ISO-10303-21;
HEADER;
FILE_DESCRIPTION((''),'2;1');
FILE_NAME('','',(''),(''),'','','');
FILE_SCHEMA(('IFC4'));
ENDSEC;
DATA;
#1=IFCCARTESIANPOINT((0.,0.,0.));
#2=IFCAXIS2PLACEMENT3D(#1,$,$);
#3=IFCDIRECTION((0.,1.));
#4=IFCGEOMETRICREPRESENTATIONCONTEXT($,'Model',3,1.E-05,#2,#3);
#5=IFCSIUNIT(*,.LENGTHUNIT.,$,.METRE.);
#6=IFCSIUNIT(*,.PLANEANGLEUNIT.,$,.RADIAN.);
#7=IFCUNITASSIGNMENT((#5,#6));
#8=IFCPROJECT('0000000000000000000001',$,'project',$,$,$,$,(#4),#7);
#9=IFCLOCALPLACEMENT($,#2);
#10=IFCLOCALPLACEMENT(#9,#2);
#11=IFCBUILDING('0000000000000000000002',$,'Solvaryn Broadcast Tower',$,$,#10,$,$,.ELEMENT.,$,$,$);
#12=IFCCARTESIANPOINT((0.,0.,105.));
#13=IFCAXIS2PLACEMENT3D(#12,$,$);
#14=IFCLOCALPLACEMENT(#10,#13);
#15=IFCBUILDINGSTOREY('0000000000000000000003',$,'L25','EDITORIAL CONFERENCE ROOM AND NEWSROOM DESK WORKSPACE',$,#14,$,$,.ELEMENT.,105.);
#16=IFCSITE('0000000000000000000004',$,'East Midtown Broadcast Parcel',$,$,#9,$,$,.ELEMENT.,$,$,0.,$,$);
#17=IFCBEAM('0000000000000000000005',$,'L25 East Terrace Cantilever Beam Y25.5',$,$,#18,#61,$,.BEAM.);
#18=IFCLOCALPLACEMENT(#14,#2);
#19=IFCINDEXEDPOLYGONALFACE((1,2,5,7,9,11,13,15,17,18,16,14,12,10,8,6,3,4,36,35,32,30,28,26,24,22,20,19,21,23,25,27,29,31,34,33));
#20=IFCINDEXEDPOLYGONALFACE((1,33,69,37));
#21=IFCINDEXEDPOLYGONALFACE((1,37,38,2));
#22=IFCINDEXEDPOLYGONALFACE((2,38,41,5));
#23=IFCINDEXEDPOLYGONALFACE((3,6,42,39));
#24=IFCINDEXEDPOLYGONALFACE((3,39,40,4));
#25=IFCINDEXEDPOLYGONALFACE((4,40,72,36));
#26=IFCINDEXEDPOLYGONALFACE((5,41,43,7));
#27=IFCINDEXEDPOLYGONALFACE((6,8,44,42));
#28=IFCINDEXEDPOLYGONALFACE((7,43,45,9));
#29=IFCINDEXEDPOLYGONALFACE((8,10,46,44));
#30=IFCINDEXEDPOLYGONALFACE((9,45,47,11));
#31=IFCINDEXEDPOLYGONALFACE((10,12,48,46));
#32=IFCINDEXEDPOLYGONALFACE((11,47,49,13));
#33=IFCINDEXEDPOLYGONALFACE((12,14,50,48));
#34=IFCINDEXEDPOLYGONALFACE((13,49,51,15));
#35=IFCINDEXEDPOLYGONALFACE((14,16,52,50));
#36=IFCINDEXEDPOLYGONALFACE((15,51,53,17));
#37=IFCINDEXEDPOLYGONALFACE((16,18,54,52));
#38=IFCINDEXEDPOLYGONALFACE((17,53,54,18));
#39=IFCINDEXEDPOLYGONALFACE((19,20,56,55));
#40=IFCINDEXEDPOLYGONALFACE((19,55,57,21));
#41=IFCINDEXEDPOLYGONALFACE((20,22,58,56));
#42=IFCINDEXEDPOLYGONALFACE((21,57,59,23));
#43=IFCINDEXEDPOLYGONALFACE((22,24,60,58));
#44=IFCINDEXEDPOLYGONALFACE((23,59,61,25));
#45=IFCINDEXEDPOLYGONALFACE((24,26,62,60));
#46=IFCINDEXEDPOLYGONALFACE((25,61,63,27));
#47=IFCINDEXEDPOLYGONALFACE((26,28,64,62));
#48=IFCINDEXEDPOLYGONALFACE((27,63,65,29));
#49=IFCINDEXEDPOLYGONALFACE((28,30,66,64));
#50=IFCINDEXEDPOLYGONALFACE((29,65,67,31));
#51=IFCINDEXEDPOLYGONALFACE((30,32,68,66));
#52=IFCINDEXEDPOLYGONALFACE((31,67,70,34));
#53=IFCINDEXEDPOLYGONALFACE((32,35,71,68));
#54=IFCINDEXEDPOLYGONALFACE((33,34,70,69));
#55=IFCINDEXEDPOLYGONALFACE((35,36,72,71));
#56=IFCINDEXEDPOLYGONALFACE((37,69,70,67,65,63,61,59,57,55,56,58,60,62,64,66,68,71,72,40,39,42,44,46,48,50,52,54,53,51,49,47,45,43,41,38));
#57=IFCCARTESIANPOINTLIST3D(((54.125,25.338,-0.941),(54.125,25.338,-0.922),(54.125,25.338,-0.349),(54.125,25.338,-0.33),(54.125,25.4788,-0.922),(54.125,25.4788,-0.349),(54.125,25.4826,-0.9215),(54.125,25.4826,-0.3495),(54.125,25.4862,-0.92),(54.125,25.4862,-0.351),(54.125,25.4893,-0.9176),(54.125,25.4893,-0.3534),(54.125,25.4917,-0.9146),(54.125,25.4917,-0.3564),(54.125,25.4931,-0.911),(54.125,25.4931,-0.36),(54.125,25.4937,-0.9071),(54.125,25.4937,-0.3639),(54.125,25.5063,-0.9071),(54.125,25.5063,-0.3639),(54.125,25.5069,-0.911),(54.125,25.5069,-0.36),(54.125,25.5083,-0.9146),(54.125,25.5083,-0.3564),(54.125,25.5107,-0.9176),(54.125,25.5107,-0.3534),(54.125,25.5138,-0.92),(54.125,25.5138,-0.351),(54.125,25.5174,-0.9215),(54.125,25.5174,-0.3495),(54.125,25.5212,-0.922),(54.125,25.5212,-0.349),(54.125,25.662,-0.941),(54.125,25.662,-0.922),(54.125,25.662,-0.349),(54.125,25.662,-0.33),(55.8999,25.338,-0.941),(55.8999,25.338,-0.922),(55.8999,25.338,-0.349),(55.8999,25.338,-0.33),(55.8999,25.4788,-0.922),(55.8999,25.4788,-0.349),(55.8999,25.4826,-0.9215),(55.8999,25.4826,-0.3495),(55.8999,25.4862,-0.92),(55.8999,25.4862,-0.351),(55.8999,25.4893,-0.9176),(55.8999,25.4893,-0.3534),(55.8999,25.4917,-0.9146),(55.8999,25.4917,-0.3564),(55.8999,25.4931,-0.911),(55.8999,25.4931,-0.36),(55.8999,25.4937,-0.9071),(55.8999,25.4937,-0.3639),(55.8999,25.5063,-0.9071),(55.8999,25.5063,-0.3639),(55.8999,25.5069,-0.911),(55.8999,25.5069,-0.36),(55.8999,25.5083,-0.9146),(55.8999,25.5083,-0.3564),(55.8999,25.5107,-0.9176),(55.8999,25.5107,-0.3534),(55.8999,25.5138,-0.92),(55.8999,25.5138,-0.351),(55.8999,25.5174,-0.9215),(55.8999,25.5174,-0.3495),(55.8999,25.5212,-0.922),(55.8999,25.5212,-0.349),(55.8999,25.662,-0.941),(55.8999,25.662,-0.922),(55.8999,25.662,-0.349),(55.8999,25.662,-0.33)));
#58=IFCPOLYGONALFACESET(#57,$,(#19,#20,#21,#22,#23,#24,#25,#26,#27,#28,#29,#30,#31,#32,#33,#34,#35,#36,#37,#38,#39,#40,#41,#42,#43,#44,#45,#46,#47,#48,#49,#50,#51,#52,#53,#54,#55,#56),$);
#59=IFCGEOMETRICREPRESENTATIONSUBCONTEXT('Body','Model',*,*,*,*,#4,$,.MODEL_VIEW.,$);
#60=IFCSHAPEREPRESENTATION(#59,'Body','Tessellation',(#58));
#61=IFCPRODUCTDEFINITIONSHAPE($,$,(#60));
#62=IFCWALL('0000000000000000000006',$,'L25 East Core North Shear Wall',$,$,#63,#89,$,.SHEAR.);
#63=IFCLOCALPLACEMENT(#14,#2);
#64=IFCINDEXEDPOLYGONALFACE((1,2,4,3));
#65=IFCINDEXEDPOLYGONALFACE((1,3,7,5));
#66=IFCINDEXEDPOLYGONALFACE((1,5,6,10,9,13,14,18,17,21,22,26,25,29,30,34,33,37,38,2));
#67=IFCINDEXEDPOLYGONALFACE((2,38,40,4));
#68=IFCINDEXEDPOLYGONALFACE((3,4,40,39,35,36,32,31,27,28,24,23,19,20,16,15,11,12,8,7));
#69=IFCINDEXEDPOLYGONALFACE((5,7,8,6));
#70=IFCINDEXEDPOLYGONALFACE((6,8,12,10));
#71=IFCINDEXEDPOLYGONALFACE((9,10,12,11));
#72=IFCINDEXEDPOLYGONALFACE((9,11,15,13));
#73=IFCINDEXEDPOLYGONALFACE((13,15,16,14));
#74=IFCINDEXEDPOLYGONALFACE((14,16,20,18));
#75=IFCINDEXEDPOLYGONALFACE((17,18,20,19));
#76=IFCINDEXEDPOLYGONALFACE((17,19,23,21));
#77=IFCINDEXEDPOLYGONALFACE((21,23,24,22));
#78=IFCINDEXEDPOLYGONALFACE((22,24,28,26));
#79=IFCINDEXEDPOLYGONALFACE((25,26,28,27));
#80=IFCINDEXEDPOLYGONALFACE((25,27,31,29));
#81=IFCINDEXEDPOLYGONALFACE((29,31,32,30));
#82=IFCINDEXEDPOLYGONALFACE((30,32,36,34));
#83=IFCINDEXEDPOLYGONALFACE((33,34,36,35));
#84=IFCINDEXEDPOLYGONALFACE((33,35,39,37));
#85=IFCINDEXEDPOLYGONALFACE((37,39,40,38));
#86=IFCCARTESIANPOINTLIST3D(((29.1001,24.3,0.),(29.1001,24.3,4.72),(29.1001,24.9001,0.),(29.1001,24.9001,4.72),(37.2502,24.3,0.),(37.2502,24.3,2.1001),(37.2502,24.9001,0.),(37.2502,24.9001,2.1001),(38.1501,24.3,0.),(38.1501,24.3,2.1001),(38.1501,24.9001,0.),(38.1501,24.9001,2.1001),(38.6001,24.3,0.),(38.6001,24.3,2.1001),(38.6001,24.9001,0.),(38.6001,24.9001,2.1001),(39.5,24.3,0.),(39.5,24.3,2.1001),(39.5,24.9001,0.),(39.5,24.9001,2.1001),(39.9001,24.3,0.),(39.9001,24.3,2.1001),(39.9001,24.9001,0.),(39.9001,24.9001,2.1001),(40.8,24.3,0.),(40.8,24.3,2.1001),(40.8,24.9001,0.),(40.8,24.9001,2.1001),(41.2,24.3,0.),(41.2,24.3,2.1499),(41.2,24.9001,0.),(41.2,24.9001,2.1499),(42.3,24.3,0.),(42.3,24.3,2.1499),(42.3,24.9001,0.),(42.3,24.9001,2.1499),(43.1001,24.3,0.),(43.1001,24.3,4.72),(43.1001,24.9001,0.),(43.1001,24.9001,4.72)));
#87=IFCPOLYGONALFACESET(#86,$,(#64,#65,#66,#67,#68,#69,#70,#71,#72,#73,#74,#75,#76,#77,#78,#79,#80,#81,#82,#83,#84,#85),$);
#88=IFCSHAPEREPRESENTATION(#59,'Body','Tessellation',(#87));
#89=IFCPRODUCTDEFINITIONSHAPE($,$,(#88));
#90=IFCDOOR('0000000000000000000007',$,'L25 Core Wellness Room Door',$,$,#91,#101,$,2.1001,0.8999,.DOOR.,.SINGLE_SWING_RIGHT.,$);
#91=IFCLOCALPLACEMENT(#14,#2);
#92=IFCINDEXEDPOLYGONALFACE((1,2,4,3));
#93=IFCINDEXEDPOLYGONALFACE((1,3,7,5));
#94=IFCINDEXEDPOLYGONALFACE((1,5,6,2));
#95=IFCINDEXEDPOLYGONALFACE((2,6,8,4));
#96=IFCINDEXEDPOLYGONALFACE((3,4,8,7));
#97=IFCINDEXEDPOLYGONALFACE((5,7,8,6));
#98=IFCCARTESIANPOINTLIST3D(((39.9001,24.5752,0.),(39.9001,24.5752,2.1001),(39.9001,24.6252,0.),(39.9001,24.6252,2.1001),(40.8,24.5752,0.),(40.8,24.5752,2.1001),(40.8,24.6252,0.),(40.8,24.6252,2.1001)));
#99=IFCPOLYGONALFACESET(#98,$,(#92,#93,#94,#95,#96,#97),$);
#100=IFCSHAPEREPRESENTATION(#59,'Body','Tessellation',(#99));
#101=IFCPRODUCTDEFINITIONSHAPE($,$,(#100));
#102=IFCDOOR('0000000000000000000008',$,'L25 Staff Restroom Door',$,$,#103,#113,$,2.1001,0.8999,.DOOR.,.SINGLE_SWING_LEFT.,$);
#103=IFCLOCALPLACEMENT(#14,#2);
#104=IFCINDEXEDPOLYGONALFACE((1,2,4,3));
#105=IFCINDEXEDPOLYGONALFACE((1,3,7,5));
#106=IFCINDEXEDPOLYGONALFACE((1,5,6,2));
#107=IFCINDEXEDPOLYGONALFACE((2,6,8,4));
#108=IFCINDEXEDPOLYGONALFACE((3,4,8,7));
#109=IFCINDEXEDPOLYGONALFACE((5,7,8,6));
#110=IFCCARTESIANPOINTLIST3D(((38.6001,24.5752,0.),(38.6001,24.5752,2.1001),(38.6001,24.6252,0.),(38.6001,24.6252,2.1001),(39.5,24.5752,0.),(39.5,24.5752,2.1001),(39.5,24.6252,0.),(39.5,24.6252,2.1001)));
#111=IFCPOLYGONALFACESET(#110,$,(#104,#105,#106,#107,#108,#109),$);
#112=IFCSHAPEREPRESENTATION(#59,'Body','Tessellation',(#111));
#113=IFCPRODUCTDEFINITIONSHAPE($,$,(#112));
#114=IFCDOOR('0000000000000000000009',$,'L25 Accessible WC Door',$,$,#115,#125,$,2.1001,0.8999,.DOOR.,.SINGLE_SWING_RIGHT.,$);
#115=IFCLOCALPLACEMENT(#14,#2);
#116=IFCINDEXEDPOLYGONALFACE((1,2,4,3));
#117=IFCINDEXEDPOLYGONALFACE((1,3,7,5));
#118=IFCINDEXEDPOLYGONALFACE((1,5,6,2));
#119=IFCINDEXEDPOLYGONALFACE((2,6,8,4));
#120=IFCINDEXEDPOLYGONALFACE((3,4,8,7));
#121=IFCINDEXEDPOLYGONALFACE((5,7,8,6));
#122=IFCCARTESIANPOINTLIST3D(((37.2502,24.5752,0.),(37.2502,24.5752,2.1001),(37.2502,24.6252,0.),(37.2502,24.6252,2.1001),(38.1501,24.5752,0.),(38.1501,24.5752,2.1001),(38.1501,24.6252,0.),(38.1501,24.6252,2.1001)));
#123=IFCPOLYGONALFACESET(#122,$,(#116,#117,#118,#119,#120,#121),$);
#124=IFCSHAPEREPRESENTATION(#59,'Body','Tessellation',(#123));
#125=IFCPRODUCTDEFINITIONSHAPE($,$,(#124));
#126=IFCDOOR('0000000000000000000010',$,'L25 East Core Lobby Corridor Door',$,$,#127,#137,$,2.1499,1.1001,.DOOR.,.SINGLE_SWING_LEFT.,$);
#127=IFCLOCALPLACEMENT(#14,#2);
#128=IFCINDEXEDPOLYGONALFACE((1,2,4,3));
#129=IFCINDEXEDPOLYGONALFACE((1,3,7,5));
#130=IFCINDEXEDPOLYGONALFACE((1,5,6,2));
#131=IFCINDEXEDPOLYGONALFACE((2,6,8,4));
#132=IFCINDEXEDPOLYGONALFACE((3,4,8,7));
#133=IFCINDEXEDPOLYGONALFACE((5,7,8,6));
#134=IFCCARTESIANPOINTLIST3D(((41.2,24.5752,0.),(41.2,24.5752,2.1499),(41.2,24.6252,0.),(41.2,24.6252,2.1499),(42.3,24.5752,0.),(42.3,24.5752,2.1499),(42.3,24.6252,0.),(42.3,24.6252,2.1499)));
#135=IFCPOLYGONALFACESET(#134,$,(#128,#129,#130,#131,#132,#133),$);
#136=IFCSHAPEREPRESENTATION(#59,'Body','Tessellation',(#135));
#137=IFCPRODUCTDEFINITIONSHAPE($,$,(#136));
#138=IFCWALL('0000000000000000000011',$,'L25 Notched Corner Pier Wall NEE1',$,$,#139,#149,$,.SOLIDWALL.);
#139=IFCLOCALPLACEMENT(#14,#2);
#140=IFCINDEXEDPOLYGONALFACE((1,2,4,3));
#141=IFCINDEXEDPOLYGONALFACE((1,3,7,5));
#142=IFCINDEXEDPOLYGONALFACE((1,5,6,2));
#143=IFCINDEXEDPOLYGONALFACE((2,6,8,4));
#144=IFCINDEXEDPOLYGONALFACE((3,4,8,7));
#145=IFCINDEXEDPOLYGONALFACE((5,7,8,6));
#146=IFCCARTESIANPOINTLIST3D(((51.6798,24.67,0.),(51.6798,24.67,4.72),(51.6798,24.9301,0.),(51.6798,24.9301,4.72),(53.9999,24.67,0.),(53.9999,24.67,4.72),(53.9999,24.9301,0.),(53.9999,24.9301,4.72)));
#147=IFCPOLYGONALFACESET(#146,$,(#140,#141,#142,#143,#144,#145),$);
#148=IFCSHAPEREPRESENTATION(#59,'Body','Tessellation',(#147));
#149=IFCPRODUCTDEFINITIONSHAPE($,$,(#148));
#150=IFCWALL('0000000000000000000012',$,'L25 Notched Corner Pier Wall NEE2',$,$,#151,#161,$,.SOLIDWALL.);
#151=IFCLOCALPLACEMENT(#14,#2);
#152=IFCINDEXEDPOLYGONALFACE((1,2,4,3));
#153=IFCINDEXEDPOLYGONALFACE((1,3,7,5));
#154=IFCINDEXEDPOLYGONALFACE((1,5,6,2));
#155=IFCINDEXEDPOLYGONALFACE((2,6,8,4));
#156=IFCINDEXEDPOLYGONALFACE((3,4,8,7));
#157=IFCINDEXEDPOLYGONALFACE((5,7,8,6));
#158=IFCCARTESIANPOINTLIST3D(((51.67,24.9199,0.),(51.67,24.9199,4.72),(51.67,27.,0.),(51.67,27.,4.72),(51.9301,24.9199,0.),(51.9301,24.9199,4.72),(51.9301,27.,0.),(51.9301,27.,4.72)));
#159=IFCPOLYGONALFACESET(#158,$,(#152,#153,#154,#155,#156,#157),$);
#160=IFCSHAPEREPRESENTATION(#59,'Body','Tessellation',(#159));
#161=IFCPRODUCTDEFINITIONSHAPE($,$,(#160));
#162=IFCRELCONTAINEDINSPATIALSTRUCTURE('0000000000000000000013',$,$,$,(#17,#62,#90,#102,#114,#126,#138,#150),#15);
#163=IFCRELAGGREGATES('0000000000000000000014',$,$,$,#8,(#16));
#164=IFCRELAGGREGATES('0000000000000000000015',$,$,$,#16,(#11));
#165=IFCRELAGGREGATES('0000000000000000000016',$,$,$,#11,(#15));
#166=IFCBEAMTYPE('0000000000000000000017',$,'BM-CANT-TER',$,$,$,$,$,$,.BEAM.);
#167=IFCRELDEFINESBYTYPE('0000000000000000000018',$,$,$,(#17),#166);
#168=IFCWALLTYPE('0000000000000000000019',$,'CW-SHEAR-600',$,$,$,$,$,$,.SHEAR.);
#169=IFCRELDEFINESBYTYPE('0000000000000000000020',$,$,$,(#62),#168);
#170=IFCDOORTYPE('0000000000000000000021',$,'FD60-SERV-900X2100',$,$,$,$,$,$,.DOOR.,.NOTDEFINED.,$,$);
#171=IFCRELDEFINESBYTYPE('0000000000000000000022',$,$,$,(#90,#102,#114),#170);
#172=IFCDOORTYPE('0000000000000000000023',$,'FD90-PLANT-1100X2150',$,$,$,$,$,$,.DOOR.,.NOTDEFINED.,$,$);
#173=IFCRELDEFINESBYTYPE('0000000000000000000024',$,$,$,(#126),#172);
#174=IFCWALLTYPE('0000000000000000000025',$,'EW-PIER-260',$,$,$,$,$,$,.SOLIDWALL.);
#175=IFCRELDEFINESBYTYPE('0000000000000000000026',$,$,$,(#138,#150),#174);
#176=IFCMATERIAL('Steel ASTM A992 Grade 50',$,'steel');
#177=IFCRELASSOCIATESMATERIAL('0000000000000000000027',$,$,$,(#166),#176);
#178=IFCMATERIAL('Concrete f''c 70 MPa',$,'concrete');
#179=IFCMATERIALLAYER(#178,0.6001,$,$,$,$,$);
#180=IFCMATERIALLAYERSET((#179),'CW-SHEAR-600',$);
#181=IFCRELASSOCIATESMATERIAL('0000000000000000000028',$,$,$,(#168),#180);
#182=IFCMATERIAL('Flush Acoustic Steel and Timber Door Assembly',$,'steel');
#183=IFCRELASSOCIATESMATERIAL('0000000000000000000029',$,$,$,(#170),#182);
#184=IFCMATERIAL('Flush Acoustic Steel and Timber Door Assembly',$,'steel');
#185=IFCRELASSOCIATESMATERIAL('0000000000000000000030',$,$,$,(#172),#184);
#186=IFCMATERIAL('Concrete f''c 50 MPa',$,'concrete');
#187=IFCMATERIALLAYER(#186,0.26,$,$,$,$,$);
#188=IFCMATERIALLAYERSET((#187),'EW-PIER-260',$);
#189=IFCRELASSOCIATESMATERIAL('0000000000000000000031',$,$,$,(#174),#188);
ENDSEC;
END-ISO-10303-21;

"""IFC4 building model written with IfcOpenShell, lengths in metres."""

from ifc_helpers import new_model, si_unit, direction, frame, frame_2d, origin, origin_2d, place, context, subcontext, project, spatial, rectangle, i_section, extrude, material, layer, layer_set, material_profile, profile_set, type_object, element, fill, save


model = new_model("IFC4")

# Units and contexts
model_context = context("Model", 3, precision=1e-05, world=origin(), true_north=direction((0.0, 1.0)))
body_context = subcontext(model_context, "Body", "Model", "MODEL_VIEW")
ifc_project = project(units=[si_unit("LENGTHUNIT", "METRE"), si_unit("PLANEANGLEUNIT", "RADIAN")], contexts=[model_context])

# Site, building, storey
site_placement = place(None, origin())
site = spatial("IfcSite", under=ifc_project, at=site_placement, Name="East Midtown Broadcast Parcel", CompositionType="ELEMENT", RefElevation=0.0)
building_placement = place(site_placement, origin())
building = spatial("IfcBuilding", under=site, at=building_placement, Name="Solvaryn Broadcast Tower", CompositionType="ELEMENT")
storey_placement = place(building_placement, frame((0.0, 0.0, 105.0)))
storey = spatial("IfcBuildingStorey", under=building, at=storey_placement, Name="L25", Description="EDITORIAL CONFERENCE ROOM AND NEWSROOM DESK WORKSPACE", CompositionType="ELEMENT", Elevation=105.0)

# Beam
ifc_material_1 = material(Name="Steel ASTM A992 Grade 50", Category="steel")
ifc_material_profile_1 = material_profile(ifc_material_1, i_section(OverallWidth=0.324, OverallDepth=0.6111, WebThickness=0.0127, FlangeThickness=0.019, FilletRadius=0.0149, at=origin_2d()))
ifc_profile_set_1 = profile_set([ifc_material_profile_1], Name="Steel ASTM A992 Grade 50")
beam_type_1 = type_object("IfcBeamType", Name="BM-CANT-TER", PredefinedType="BEAM", material=ifc_profile_set_1)
beam_1_placement = place(storey_placement, frame((54.125, 25.5, -0.6355), z_axis=(1.0, 0.0, 0.0), x_axis=(0.0, 1.0, 0.0)))
element("IfcBeam", 1, at=beam_1_placement, inside=storey, type_object=beam_type_1, Name="L25 East Terrace Cantilever Beam Y25.5", PredefinedType="BEAM", context=body_context, shape_type="SweptSolid", body=[
    extrude(i_section(OverallWidth=0.324, OverallDepth=0.6111, WebThickness=0.0127, FlangeThickness=0.019, FilletRadius=0.0149, at=origin_2d()), origin(), (0.0, 0.0, 1.0), 1.7749),
])

# Wall, openings, doors
ifc_material_2 = material(Name="Concrete f'c 70 MPa", Category="concrete")
ifc_layer_1 = layer(ifc_material_2, 0.6001)
ifc_layer_set_1 = layer_set([ifc_layer_1], Name="CW-SHEAR-600")
wall_type_1 = type_object("IfcWallType", Name="CW-SHEAR-600", PredefinedType="SHEAR", material=ifc_layer_set_1)
wall_1_placement = place(storey_placement, frame((43.1001, 24.6001, 0.0), z_axis=(0.0, 0.0, 1.0), x_axis=(-1.0, 0.0, 0.0)))
wall_1 = element("IfcWall", 2, at=wall_1_placement, inside=storey, type_object=wall_type_1, Name="L25 East Core North Shear Wall", PredefinedType="SHEAR", context=body_context, shape_type="SweptSolid", body=[
    extrude(rectangle(XDim=14.0, YDim=0.6001, at=frame_2d((7.0, 0.0))), origin(), (0.0, 0.0, 1.0), 4.72),
])
opening_1_placement = place(wall_1_placement, frame((0.8, 0.0, 0.0)))
opening_1 = element("IfcOpeningElement", 3, at=opening_1_placement, cuts=wall_1, PredefinedType="OPENING", context=body_context, shape_type="SweptSolid", body=[
    extrude(rectangle(XDim=1.1001, YDim=2.1499, at=frame_2d((0.55, 1.075))), frame((0.0, 0.3101, 0.0), z_axis=(0.0, -1.0, 0.0), x_axis=(1.0, 0.0, 0.0)), (0.0, 0.0, 1.0), 0.6201),
])
opening_2_placement = place(wall_1_placement, frame((2.3, 0.0, 0.0)))
opening_2 = element("IfcOpeningElement", 4, at=opening_2_placement, cuts=wall_1, PredefinedType="OPENING", context=body_context, shape_type="SweptSolid", body=[
    extrude(rectangle(XDim=0.8999, YDim=2.1001, at=frame_2d((0.45, 1.05))), frame((0.0, 0.3101, 0.0), z_axis=(0.0, -1.0, 0.0), x_axis=(1.0, 0.0, 0.0)), (0.0, 0.0, 1.0), 0.6201),
])
opening_3_placement = place(wall_1_placement, frame((3.6001, 0.0, 0.0)))
opening_3 = element("IfcOpeningElement", 5, at=opening_3_placement, cuts=wall_1, PredefinedType="OPENING", context=body_context, shape_type="SweptSolid", body=[
    extrude(rectangle(XDim=0.8999, YDim=2.1001, at=frame_2d((0.45, 1.05))), frame((0.0, 0.3101, 0.0), z_axis=(0.0, -1.0, 0.0), x_axis=(1.0, 0.0, 0.0)), (0.0, 0.0, 1.0), 0.6201),
])
opening_4_placement = place(wall_1_placement, frame((4.95, 0.0, 0.0)))
opening_4 = element("IfcOpeningElement", 6, at=opening_4_placement, cuts=wall_1, PredefinedType="OPENING", context=body_context, shape_type="SweptSolid", body=[
    extrude(rectangle(XDim=0.8999, YDim=2.1001, at=frame_2d((0.45, 1.05))), frame((0.0, 0.3101, 0.0), z_axis=(0.0, -1.0, 0.0), x_axis=(1.0, 0.0, 0.0)), (0.0, 0.0, 1.0), 0.6201),
])
ifc_material_3 = material(Name="Flush Acoustic Steel and Timber Door Assembly", Category="steel")
door_type_1 = type_object("IfcDoorType", Name="FD60-SERV-900X2100", OperationType="NOTDEFINED", PredefinedType="DOOR", material=ifc_material_3)
door_1_placement = place(opening_2_placement, origin())
door_1 = element("IfcDoor", 7, at=door_1_placement, inside=storey, type_object=door_type_1, Name="L25 Core Wellness Room Door", OperationType="SINGLE_SWING_RIGHT", OverallHeight=2.1001, OverallWidth=0.8999, PredefinedType="DOOR", context=body_context, shape_type="SweptSolid", body=[
    extrude(rectangle(XDim=0.8999, YDim=2.1001, at=frame_2d((0.45, 1.05))), frame((0.0, 0.0249, 0.0), z_axis=(0.0, -1.0, 0.0), x_axis=(1.0, 0.0, 0.0)), (0.0, 0.0, 1.0), 0.05),
])
fill(opening_2, door_1)
door_2_placement = place(opening_3_placement, origin())
door_2 = element("IfcDoor", 8, at=door_2_placement, inside=storey, type_object=door_type_1, Name="L25 Staff Restroom Door", OperationType="SINGLE_SWING_LEFT", OverallHeight=2.1001, OverallWidth=0.8999, PredefinedType="DOOR", context=body_context, shape_type="SweptSolid", body=[
    extrude(rectangle(XDim=0.8999, YDim=2.1001, at=frame_2d((0.45, 1.05))), frame((0.0, 0.0249, 0.0), z_axis=(0.0, -1.0, 0.0), x_axis=(1.0, 0.0, 0.0)), (0.0, 0.0, 1.0), 0.05),
])
fill(opening_3, door_2)
door_3_placement = place(opening_4_placement, origin())
door_3 = element("IfcDoor", 9, at=door_3_placement, inside=storey, type_object=door_type_1, Name="L25 Accessible WC Door", OperationType="SINGLE_SWING_RIGHT", OverallHeight=2.1001, OverallWidth=0.8999, PredefinedType="DOOR", context=body_context, shape_type="SweptSolid", body=[
    extrude(rectangle(XDim=0.8999, YDim=2.1001, at=frame_2d((0.45, 1.05))), frame((0.0, 0.0249, 0.0), z_axis=(0.0, -1.0, 0.0), x_axis=(1.0, 0.0, 0.0)), (0.0, 0.0, 1.0), 0.05),
])
fill(opening_4, door_3)
ifc_material_4 = material(Name="Flush Acoustic Steel and Timber Door Assembly", Category="steel")
door_type_2 = type_object("IfcDoorType", Name="FD90-PLANT-1100X2150", OperationType="NOTDEFINED", PredefinedType="DOOR", material=ifc_material_4)
door_4_placement = place(opening_1_placement, origin())
door_4 = element("IfcDoor", 10, at=door_4_placement, inside=storey, type_object=door_type_2, Name="L25 East Core Lobby Corridor Door", OperationType="SINGLE_SWING_LEFT", OverallHeight=2.1499, OverallWidth=1.1001, PredefinedType="DOOR", context=body_context, shape_type="SweptSolid", body=[
    extrude(rectangle(XDim=1.1001, YDim=2.1499, at=frame_2d((0.55, 1.075))), frame((0.0, 0.0249, 0.0), z_axis=(0.0, -1.0, 0.0), x_axis=(1.0, 0.0, 0.0)), (0.0, 0.0, 1.0), 0.05),
])
fill(opening_1, door_4)

# Walls
ifc_material_5 = material(Name="Concrete f'c 50 MPa", Category="concrete")
ifc_layer_2 = layer(ifc_material_5, 0.26)
ifc_layer_set_2 = layer_set([ifc_layer_2], Name="EW-PIER-260")
wall_type_2 = type_object("IfcWallType", Name="EW-PIER-260", PredefinedType="SOLIDWALL", material=ifc_layer_set_2)
wall_2_placement = place(storey_placement, frame((54.0, 24.8, 0.0), z_axis=(0.0, 0.0, 1.0), x_axis=(-1.0, 0.0, 0.0)))
element("IfcWall", 11, at=wall_2_placement, inside=storey, type_object=wall_type_2, Name="L25 Notched Corner Pier Wall NEE1", PredefinedType="SOLIDWALL", context=body_context, shape_type="SweptSolid", body=[
    extrude(rectangle(XDim=2.3201, YDim=0.26, at=frame_2d((1.1602, 0.0))), origin(), (0.0, 0.0, 1.0), 4.72),
])
wall_3_placement = place(storey_placement, frame((51.8, 24.9199, 0.0), z_axis=(0.0, 0.0, 1.0), x_axis=(0.0, 1.0, 0.0)))
element("IfcWall", 12, at=wall_3_placement, inside=storey, type_object=wall_type_2, Name="L25 Notched Corner Pier Wall NEE2", PredefinedType="SOLIDWALL", context=body_context, shape_type="SweptSolid", body=[
    extrude(rectangle(XDim=2.0801, YDim=0.26, at=frame_2d((1.04, 0.0))), origin(), (0.0, 0.0, 1.0), 4.72),
])

save(model, "model.ifc")
